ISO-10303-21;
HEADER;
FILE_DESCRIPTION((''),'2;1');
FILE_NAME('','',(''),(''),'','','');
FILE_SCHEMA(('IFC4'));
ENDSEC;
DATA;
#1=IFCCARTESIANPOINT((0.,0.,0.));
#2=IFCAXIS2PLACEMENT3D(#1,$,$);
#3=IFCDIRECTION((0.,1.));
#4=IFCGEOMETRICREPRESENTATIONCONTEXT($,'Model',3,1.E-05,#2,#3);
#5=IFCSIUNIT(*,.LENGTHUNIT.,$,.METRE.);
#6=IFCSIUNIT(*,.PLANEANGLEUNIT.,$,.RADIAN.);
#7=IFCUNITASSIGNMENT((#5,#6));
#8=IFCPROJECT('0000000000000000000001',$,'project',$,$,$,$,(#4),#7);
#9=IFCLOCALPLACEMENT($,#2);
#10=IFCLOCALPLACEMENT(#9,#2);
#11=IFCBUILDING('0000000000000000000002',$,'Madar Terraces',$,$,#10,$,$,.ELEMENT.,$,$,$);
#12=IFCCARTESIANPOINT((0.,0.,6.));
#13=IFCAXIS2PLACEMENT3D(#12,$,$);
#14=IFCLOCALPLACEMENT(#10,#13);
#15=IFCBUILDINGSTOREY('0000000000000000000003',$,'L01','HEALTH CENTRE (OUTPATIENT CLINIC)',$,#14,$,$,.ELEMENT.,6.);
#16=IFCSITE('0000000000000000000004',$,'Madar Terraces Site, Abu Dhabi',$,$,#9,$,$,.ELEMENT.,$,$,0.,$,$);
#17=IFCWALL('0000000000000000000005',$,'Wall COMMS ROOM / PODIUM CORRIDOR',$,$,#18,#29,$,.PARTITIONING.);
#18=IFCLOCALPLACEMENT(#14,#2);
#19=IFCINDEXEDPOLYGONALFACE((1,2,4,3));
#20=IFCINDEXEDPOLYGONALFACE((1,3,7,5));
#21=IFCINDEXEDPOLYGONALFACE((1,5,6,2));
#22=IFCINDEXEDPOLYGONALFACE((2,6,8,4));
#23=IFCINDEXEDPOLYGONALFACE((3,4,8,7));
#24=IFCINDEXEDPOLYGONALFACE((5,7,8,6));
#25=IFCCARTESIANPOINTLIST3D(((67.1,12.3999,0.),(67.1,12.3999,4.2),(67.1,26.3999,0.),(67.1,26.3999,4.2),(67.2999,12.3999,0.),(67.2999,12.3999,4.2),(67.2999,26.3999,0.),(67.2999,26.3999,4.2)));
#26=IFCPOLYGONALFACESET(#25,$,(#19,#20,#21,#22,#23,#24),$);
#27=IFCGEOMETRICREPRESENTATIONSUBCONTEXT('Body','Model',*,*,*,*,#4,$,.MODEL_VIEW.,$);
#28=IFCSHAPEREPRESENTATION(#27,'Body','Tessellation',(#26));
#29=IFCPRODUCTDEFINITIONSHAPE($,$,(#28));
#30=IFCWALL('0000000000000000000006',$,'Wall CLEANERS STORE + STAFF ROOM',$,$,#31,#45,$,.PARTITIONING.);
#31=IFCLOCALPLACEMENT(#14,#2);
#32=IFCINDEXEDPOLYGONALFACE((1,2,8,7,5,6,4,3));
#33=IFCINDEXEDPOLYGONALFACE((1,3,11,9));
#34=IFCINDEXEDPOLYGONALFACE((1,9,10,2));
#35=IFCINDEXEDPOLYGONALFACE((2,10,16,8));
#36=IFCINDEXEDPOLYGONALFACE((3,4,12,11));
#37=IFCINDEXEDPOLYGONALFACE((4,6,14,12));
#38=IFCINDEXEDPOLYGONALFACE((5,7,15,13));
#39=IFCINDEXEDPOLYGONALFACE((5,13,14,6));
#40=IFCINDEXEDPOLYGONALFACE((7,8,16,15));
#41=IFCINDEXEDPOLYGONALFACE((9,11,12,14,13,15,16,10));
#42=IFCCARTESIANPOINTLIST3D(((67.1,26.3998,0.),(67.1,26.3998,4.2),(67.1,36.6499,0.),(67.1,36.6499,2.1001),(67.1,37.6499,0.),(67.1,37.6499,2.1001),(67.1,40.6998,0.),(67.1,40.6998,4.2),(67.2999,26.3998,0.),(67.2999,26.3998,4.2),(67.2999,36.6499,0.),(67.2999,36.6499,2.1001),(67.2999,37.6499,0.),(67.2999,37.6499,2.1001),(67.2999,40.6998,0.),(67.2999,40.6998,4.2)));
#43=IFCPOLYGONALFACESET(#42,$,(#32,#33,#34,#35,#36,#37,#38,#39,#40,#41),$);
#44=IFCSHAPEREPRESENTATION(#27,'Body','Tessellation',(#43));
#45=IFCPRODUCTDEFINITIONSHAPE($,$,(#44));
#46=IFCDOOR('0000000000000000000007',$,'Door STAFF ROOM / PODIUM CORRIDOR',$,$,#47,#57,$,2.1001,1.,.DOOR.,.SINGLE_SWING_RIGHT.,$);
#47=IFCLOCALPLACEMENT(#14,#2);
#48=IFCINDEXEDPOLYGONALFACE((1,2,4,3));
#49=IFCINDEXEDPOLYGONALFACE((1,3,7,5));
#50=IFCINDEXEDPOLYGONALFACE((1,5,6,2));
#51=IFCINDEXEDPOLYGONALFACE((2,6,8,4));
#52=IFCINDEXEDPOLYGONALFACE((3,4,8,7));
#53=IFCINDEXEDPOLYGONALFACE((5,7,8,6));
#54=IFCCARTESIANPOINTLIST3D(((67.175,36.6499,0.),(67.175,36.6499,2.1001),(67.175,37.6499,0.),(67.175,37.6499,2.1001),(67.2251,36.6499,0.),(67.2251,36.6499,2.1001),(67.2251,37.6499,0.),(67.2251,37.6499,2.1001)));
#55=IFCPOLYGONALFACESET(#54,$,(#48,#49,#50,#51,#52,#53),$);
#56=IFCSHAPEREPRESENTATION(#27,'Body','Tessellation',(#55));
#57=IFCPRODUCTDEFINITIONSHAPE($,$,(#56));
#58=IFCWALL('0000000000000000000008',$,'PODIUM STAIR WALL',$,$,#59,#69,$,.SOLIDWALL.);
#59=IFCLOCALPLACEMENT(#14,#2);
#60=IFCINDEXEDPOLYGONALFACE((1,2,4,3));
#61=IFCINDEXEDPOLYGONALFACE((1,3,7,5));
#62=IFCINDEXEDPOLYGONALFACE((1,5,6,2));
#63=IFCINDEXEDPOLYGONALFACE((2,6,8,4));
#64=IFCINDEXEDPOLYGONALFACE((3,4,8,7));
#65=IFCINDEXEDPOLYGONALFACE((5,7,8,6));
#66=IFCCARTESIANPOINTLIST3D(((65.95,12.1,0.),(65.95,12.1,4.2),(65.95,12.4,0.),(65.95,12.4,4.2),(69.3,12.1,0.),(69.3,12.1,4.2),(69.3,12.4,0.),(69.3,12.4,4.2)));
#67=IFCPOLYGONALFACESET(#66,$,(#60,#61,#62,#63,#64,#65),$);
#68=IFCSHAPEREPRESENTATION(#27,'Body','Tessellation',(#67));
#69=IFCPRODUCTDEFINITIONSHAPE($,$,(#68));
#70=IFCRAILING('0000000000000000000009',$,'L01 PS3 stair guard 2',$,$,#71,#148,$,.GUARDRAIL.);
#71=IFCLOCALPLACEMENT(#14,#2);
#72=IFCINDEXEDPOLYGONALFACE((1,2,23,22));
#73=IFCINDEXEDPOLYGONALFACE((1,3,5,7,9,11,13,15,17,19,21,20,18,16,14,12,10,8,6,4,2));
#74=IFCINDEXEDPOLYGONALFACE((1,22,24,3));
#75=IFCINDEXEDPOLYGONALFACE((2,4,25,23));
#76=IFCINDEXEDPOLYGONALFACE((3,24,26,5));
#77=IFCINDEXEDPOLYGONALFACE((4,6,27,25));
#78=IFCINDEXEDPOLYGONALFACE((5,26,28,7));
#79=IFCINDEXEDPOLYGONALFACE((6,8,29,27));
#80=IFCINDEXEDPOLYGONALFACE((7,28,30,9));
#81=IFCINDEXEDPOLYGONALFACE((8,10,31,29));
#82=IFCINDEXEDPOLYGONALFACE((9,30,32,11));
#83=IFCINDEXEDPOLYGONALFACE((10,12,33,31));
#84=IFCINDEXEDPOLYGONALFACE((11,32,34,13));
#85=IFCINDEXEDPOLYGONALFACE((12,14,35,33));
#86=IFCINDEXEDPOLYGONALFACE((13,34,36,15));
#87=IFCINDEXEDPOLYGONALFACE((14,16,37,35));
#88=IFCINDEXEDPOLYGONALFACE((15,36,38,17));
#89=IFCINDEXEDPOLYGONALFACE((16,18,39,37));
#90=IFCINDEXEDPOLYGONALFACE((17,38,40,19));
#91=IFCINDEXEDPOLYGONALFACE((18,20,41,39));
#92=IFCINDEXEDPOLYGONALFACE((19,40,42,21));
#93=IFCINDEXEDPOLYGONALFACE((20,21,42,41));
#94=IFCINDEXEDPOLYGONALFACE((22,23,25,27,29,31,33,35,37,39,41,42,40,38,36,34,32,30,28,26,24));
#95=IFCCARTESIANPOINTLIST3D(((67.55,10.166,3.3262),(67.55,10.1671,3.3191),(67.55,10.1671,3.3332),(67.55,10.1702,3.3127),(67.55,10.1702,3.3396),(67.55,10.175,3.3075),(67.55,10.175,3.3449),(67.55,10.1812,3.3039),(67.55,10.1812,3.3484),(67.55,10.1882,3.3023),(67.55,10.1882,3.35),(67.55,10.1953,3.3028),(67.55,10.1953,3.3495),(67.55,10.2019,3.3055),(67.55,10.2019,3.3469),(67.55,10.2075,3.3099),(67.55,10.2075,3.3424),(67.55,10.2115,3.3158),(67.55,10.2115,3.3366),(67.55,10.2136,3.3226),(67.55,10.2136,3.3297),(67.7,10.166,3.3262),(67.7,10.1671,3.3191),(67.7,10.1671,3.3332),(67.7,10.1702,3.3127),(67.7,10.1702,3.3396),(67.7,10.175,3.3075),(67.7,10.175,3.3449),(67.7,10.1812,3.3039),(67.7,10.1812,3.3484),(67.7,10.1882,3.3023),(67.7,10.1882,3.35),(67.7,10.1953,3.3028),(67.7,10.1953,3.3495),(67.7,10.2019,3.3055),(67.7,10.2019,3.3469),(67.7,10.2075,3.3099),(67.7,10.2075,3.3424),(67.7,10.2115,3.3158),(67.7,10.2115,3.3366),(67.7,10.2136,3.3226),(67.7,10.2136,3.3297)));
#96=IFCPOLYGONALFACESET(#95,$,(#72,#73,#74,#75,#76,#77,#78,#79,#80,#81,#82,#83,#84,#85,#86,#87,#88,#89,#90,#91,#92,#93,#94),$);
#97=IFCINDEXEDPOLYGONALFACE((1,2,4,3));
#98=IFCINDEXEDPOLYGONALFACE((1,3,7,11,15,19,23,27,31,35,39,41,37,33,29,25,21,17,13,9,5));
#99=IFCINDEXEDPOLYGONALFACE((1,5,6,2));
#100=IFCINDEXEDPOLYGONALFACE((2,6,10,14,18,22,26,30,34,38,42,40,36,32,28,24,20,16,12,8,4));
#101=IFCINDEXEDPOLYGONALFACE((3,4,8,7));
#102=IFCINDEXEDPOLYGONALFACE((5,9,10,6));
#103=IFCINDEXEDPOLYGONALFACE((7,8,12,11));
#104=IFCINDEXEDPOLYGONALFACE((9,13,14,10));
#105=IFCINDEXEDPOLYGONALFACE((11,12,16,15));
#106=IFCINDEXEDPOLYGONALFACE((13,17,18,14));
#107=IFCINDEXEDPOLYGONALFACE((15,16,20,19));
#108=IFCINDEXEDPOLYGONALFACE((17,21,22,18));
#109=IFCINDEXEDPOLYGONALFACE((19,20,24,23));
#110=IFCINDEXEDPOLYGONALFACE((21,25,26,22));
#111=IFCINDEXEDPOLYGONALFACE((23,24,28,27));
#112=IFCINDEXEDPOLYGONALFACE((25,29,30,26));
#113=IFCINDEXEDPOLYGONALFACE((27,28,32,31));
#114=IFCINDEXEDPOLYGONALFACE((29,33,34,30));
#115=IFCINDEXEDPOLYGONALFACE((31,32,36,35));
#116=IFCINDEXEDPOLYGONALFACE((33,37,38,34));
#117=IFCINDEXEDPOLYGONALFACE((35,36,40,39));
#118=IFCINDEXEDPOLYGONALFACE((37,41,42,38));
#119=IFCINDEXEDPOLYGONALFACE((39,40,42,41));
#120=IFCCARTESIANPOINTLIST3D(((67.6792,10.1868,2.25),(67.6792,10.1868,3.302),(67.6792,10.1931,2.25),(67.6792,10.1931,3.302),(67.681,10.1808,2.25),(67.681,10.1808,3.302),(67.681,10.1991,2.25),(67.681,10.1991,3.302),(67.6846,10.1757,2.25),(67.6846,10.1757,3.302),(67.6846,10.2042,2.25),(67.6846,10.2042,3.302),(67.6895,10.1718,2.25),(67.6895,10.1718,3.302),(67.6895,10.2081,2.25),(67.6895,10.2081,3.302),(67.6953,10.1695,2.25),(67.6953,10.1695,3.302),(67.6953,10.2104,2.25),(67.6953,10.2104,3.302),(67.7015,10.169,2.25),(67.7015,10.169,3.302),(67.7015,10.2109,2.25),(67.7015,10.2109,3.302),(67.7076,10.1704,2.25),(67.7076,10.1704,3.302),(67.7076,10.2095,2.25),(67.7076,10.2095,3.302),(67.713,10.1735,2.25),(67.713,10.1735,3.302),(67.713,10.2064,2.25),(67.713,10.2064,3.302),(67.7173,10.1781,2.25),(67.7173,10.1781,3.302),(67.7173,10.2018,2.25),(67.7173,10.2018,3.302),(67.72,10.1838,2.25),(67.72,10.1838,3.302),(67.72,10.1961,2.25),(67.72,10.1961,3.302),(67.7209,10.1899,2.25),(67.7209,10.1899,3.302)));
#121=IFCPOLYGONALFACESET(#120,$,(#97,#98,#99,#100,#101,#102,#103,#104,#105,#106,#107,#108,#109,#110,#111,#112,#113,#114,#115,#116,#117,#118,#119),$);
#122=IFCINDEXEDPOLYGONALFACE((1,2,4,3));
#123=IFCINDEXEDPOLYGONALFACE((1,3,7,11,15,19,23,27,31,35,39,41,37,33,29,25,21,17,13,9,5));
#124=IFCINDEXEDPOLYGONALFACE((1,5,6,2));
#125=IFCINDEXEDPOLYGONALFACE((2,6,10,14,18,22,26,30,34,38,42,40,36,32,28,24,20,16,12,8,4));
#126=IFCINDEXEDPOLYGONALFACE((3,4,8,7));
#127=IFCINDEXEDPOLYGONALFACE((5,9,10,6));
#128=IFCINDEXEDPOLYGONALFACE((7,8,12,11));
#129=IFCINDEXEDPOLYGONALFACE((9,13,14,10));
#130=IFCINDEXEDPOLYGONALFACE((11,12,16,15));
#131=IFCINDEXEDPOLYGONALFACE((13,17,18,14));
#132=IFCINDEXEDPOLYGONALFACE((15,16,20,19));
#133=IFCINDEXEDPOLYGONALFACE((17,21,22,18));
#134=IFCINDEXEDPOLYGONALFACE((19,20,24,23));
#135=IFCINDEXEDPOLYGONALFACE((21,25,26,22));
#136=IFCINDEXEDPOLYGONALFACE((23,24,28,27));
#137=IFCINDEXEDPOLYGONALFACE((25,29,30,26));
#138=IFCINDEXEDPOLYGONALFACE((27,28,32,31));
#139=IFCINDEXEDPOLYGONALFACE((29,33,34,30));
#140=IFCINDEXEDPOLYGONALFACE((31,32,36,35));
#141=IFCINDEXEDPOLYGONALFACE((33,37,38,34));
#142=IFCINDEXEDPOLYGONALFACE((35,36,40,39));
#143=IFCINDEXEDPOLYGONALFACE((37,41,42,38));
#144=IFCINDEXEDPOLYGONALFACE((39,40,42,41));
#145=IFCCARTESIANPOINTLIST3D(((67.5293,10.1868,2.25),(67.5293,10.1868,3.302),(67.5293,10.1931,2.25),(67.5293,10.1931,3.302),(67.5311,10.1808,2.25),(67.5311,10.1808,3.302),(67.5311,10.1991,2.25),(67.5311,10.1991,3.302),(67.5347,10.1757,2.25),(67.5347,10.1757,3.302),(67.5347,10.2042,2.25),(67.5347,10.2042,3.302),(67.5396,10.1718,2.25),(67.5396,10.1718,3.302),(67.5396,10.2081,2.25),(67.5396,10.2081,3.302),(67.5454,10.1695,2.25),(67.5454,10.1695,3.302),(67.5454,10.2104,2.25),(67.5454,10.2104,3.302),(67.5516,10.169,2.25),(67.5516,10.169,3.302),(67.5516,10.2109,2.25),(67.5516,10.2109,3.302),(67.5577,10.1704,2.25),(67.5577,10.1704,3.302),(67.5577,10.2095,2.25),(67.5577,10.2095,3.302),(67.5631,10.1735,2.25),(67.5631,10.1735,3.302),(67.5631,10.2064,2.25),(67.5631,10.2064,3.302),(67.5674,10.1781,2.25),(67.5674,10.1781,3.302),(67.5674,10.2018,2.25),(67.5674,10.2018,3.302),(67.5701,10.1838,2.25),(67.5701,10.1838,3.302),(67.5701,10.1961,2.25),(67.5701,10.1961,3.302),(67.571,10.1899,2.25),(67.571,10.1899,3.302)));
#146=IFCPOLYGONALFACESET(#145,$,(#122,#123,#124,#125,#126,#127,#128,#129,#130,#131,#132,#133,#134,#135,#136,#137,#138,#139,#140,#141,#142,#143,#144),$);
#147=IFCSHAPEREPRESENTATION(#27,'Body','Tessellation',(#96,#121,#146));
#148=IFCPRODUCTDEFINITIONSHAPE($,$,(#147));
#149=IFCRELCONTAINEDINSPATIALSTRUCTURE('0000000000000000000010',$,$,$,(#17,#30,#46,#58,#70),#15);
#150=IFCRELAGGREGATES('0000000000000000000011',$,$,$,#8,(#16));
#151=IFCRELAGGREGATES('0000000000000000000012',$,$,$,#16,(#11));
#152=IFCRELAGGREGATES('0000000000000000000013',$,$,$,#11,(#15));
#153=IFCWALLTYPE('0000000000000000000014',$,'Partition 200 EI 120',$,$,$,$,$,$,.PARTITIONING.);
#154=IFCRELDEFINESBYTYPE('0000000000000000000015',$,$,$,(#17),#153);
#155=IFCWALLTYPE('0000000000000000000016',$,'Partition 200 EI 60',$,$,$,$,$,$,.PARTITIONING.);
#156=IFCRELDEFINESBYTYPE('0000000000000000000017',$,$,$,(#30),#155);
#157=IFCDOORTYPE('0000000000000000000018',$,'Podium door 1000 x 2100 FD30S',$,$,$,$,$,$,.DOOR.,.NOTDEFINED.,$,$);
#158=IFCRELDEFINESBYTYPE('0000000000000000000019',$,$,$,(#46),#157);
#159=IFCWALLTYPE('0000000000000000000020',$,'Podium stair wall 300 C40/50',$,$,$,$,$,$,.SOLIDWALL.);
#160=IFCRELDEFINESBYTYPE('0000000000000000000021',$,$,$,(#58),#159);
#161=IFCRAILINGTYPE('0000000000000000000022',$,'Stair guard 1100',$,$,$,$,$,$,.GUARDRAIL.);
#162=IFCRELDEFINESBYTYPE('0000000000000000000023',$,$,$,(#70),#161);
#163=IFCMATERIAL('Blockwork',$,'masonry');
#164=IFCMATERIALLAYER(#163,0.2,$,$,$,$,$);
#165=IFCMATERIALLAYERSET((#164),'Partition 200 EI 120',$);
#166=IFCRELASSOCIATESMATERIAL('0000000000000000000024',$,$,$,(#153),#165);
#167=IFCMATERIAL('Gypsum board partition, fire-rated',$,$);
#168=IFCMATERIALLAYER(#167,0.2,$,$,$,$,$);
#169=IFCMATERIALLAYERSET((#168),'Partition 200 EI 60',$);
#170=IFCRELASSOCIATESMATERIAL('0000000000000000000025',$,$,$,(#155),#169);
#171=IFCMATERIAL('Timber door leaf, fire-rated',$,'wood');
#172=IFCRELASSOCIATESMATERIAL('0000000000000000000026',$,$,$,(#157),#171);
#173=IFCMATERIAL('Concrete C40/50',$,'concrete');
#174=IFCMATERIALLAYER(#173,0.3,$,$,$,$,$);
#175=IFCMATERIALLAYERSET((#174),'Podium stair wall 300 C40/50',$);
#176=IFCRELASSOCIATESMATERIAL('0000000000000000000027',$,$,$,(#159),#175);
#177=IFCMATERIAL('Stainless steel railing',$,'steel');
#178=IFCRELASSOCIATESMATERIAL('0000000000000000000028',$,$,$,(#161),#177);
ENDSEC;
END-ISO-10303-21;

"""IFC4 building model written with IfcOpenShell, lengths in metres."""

from ifc_helpers import new_model, si_unit, direction, frame, frame_2d, origin, origin_2d, place, context, subcontext, project, spatial, rectangle, circle, extrude, material, layer, layer_set, type_object, element, fill, save


model = new_model("IFC4")

# Units and contexts
model_context = context("Model", 3, precision=1e-05, world=origin(), true_north=direction((0.0, 1.0)))
body_context = subcontext(model_context, "Body", "Model", "MODEL_VIEW")
ifc_project = project(units=[si_unit("LENGTHUNIT", "METRE"), si_unit("PLANEANGLEUNIT", "RADIAN")], contexts=[model_context])

# Site, building, storey
site_placement = place(None, origin())
site = spatial("IfcSite", under=ifc_project, at=site_placement, Name="Madar Terraces Site, Abu Dhabi", CompositionType="ELEMENT", RefElevation=0.0)
building_placement = place(site_placement, origin())
building = spatial("IfcBuilding", under=site, at=building_placement, Name="Madar Terraces", CompositionType="ELEMENT")
storey_placement = place(building_placement, frame((0.0, 0.0, 6.0)))
storey = spatial("IfcBuildingStorey", under=building, at=storey_placement, Name="L01", Description="HEALTH CENTRE (OUTPATIENT CLINIC)", CompositionType="ELEMENT", Elevation=6.0)

# Wall
ifc_material_1 = material(Name="Blockwork", Category="masonry")
ifc_layer_1 = layer(ifc_material_1, 0.2)
ifc_layer_set_1 = layer_set([ifc_layer_1], Name="Partition 200 EI 120")
wall_type_1 = type_object("IfcWallType", Name="Partition 200 EI 120", PredefinedType="PARTITIONING", material=ifc_layer_set_1)
wall_1_placement = place(storey_placement, frame((67.2, 12.3999, 0.0), z_axis=(0.0, 0.0, 1.0), x_axis=(0.0, 1.0, 0.0)))
element("IfcWall", 1, at=wall_1_placement, inside=storey, type_object=wall_type_1, Name="Wall COMMS ROOM / PODIUM CORRIDOR", PredefinedType="PARTITIONING", context=body_context, shape_type="SweptSolid", body=[
    extrude(rectangle(XDim=14.0, YDim=0.2, at=frame_2d((7.0, 0.0))), origin(), (0.0, 0.0, 1.0), 4.2),
])

# Wall, opening, door
ifc_material_2 = material(Name="Gypsum board partition, fire-rated")
ifc_layer_2 = layer(ifc_material_2, 0.2)
ifc_layer_set_2 = layer_set([ifc_layer_2], Name="Partition 200 EI 60")
wall_type_2 = type_object("IfcWallType", Name="Partition 200 EI 60", PredefinedType="PARTITIONING", material=ifc_layer_set_2)
wall_2_placement = place(storey_placement, frame((67.2, 26.3999, 0.0), z_axis=(0.0, 0.0, 1.0), x_axis=(0.0, 1.0, 0.0)))
wall_2 = element("IfcWall", 2, at=wall_2_placement, inside=storey, type_object=wall_type_2, Name="Wall CLEANERS STORE + STAFF ROOM", PredefinedType="PARTITIONING", context=body_context, shape_type="SweptSolid", body=[
    extrude(rectangle(XDim=14.3, YDim=0.2, at=frame_2d((7.1499, 0.0))), origin(), (0.0, 0.0, 1.0), 4.2),
])
opening_placement = place(wall_2_placement, frame((10.25, 0.0, 0.0)))
opening = element("IfcOpeningElement", 3, at=opening_placement, cuts=wall_2, PredefinedType="OPENING", context=body_context, shape_type="SweptSolid", body=[
    extrude(rectangle(XDim=1.0, YDim=2.1001, at=frame_2d((0.5, 1.05))), frame((0.0, 0.1099, 0.0), z_axis=(0.0, -1.0, 0.0), x_axis=(1.0, 0.0, 0.0)), (0.0, 0.0, 1.0), 0.22),
])
ifc_material_3 = material(Name="Timber door leaf, fire-rated", Category="wood")
door_type = type_object("IfcDoorType", Name="Podium door 1000 x 2100 FD30S", OperationType="NOTDEFINED", PredefinedType="DOOR", material=ifc_material_3)
door_placement = place(opening_placement, origin())
door = element("IfcDoor", 4, at=door_placement, inside=storey, type_object=door_type, Name="Door STAFF ROOM / PODIUM CORRIDOR", OperationType="SINGLE_SWING_RIGHT", OverallHeight=2.1001, OverallWidth=1.0, PredefinedType="DOOR", context=body_context, shape_type="SweptSolid", body=[
    extrude(rectangle(XDim=1.0, YDim=2.1001, at=frame_2d((0.5, 1.05))), frame((0.0, 0.0249, 0.0), z_axis=(0.0, -1.0, 0.0), x_axis=(1.0, 0.0, 0.0)), (0.0, 0.0, 1.0), 0.05),
])
fill(opening, door)

# Wall
ifc_material_4 = material(Name="Concrete C40/50", Category="concrete")
ifc_layer_3 = layer(ifc_material_4, 0.3)
ifc_layer_set_3 = layer_set([ifc_layer_3], Name="Podium stair wall 300 C40/50")
wall_type_3 = type_object("IfcWallType", Name="Podium stair wall 300 C40/50", PredefinedType="SOLIDWALL", material=ifc_layer_set_3)
wall_3_placement = place(storey_placement, frame((65.95, 12.25, 0.0), z_axis=(0.0, 0.0, 1.0), x_axis=(1.0, 0.0, 0.0)))
element("IfcWall", 5, at=wall_3_placement, inside=storey, type_object=wall_type_3, Name="PODIUM STAIR WALL", PredefinedType="SOLIDWALL", context=body_context, shape_type="SweptSolid", body=[
    extrude(rectangle(XDim=3.3501, YDim=0.3, at=frame_2d((1.675, 0.0))), origin(), (0.0, 0.0, 1.0), 4.2),
])

# Railing
ifc_material_5 = material(Name="Stainless steel railing", Category="steel")
railing_type = type_object("IfcRailingType", Name="Stair guard 1100", PredefinedType="GUARDRAIL", material=ifc_material_5)
railing_placement = place(storey_placement, frame((67.7, 10.1899, 2.25)))
element("IfcRailing", 6, at=railing_placement, inside=storey, type_object=railing_type, Name="L01 PS3 stair guard 2", PredefinedType="GUARDRAIL", context=body_context, shape_type="SweptSolid", body=[
    extrude(circle(Radius=0.0239, at=origin_2d()), frame((0.0, 0.0, 1.0762), z_axis=(-1.0, 0.0, 0.0), x_axis=(0.0, -1.0, 0.0)), (0.0, 0.0, 1.0), 0.1499),
    extrude(circle(Radius=0.021, at=origin_2d()), origin(), (0.0, 0.0, 1.0), 1.052),
    extrude(circle(Radius=0.021, at=origin_2d()), frame((-0.1499, 0.0, 0.0)), (0.0, 0.0, 1.0), 1.052),
])

save(model, "model.ifc")
